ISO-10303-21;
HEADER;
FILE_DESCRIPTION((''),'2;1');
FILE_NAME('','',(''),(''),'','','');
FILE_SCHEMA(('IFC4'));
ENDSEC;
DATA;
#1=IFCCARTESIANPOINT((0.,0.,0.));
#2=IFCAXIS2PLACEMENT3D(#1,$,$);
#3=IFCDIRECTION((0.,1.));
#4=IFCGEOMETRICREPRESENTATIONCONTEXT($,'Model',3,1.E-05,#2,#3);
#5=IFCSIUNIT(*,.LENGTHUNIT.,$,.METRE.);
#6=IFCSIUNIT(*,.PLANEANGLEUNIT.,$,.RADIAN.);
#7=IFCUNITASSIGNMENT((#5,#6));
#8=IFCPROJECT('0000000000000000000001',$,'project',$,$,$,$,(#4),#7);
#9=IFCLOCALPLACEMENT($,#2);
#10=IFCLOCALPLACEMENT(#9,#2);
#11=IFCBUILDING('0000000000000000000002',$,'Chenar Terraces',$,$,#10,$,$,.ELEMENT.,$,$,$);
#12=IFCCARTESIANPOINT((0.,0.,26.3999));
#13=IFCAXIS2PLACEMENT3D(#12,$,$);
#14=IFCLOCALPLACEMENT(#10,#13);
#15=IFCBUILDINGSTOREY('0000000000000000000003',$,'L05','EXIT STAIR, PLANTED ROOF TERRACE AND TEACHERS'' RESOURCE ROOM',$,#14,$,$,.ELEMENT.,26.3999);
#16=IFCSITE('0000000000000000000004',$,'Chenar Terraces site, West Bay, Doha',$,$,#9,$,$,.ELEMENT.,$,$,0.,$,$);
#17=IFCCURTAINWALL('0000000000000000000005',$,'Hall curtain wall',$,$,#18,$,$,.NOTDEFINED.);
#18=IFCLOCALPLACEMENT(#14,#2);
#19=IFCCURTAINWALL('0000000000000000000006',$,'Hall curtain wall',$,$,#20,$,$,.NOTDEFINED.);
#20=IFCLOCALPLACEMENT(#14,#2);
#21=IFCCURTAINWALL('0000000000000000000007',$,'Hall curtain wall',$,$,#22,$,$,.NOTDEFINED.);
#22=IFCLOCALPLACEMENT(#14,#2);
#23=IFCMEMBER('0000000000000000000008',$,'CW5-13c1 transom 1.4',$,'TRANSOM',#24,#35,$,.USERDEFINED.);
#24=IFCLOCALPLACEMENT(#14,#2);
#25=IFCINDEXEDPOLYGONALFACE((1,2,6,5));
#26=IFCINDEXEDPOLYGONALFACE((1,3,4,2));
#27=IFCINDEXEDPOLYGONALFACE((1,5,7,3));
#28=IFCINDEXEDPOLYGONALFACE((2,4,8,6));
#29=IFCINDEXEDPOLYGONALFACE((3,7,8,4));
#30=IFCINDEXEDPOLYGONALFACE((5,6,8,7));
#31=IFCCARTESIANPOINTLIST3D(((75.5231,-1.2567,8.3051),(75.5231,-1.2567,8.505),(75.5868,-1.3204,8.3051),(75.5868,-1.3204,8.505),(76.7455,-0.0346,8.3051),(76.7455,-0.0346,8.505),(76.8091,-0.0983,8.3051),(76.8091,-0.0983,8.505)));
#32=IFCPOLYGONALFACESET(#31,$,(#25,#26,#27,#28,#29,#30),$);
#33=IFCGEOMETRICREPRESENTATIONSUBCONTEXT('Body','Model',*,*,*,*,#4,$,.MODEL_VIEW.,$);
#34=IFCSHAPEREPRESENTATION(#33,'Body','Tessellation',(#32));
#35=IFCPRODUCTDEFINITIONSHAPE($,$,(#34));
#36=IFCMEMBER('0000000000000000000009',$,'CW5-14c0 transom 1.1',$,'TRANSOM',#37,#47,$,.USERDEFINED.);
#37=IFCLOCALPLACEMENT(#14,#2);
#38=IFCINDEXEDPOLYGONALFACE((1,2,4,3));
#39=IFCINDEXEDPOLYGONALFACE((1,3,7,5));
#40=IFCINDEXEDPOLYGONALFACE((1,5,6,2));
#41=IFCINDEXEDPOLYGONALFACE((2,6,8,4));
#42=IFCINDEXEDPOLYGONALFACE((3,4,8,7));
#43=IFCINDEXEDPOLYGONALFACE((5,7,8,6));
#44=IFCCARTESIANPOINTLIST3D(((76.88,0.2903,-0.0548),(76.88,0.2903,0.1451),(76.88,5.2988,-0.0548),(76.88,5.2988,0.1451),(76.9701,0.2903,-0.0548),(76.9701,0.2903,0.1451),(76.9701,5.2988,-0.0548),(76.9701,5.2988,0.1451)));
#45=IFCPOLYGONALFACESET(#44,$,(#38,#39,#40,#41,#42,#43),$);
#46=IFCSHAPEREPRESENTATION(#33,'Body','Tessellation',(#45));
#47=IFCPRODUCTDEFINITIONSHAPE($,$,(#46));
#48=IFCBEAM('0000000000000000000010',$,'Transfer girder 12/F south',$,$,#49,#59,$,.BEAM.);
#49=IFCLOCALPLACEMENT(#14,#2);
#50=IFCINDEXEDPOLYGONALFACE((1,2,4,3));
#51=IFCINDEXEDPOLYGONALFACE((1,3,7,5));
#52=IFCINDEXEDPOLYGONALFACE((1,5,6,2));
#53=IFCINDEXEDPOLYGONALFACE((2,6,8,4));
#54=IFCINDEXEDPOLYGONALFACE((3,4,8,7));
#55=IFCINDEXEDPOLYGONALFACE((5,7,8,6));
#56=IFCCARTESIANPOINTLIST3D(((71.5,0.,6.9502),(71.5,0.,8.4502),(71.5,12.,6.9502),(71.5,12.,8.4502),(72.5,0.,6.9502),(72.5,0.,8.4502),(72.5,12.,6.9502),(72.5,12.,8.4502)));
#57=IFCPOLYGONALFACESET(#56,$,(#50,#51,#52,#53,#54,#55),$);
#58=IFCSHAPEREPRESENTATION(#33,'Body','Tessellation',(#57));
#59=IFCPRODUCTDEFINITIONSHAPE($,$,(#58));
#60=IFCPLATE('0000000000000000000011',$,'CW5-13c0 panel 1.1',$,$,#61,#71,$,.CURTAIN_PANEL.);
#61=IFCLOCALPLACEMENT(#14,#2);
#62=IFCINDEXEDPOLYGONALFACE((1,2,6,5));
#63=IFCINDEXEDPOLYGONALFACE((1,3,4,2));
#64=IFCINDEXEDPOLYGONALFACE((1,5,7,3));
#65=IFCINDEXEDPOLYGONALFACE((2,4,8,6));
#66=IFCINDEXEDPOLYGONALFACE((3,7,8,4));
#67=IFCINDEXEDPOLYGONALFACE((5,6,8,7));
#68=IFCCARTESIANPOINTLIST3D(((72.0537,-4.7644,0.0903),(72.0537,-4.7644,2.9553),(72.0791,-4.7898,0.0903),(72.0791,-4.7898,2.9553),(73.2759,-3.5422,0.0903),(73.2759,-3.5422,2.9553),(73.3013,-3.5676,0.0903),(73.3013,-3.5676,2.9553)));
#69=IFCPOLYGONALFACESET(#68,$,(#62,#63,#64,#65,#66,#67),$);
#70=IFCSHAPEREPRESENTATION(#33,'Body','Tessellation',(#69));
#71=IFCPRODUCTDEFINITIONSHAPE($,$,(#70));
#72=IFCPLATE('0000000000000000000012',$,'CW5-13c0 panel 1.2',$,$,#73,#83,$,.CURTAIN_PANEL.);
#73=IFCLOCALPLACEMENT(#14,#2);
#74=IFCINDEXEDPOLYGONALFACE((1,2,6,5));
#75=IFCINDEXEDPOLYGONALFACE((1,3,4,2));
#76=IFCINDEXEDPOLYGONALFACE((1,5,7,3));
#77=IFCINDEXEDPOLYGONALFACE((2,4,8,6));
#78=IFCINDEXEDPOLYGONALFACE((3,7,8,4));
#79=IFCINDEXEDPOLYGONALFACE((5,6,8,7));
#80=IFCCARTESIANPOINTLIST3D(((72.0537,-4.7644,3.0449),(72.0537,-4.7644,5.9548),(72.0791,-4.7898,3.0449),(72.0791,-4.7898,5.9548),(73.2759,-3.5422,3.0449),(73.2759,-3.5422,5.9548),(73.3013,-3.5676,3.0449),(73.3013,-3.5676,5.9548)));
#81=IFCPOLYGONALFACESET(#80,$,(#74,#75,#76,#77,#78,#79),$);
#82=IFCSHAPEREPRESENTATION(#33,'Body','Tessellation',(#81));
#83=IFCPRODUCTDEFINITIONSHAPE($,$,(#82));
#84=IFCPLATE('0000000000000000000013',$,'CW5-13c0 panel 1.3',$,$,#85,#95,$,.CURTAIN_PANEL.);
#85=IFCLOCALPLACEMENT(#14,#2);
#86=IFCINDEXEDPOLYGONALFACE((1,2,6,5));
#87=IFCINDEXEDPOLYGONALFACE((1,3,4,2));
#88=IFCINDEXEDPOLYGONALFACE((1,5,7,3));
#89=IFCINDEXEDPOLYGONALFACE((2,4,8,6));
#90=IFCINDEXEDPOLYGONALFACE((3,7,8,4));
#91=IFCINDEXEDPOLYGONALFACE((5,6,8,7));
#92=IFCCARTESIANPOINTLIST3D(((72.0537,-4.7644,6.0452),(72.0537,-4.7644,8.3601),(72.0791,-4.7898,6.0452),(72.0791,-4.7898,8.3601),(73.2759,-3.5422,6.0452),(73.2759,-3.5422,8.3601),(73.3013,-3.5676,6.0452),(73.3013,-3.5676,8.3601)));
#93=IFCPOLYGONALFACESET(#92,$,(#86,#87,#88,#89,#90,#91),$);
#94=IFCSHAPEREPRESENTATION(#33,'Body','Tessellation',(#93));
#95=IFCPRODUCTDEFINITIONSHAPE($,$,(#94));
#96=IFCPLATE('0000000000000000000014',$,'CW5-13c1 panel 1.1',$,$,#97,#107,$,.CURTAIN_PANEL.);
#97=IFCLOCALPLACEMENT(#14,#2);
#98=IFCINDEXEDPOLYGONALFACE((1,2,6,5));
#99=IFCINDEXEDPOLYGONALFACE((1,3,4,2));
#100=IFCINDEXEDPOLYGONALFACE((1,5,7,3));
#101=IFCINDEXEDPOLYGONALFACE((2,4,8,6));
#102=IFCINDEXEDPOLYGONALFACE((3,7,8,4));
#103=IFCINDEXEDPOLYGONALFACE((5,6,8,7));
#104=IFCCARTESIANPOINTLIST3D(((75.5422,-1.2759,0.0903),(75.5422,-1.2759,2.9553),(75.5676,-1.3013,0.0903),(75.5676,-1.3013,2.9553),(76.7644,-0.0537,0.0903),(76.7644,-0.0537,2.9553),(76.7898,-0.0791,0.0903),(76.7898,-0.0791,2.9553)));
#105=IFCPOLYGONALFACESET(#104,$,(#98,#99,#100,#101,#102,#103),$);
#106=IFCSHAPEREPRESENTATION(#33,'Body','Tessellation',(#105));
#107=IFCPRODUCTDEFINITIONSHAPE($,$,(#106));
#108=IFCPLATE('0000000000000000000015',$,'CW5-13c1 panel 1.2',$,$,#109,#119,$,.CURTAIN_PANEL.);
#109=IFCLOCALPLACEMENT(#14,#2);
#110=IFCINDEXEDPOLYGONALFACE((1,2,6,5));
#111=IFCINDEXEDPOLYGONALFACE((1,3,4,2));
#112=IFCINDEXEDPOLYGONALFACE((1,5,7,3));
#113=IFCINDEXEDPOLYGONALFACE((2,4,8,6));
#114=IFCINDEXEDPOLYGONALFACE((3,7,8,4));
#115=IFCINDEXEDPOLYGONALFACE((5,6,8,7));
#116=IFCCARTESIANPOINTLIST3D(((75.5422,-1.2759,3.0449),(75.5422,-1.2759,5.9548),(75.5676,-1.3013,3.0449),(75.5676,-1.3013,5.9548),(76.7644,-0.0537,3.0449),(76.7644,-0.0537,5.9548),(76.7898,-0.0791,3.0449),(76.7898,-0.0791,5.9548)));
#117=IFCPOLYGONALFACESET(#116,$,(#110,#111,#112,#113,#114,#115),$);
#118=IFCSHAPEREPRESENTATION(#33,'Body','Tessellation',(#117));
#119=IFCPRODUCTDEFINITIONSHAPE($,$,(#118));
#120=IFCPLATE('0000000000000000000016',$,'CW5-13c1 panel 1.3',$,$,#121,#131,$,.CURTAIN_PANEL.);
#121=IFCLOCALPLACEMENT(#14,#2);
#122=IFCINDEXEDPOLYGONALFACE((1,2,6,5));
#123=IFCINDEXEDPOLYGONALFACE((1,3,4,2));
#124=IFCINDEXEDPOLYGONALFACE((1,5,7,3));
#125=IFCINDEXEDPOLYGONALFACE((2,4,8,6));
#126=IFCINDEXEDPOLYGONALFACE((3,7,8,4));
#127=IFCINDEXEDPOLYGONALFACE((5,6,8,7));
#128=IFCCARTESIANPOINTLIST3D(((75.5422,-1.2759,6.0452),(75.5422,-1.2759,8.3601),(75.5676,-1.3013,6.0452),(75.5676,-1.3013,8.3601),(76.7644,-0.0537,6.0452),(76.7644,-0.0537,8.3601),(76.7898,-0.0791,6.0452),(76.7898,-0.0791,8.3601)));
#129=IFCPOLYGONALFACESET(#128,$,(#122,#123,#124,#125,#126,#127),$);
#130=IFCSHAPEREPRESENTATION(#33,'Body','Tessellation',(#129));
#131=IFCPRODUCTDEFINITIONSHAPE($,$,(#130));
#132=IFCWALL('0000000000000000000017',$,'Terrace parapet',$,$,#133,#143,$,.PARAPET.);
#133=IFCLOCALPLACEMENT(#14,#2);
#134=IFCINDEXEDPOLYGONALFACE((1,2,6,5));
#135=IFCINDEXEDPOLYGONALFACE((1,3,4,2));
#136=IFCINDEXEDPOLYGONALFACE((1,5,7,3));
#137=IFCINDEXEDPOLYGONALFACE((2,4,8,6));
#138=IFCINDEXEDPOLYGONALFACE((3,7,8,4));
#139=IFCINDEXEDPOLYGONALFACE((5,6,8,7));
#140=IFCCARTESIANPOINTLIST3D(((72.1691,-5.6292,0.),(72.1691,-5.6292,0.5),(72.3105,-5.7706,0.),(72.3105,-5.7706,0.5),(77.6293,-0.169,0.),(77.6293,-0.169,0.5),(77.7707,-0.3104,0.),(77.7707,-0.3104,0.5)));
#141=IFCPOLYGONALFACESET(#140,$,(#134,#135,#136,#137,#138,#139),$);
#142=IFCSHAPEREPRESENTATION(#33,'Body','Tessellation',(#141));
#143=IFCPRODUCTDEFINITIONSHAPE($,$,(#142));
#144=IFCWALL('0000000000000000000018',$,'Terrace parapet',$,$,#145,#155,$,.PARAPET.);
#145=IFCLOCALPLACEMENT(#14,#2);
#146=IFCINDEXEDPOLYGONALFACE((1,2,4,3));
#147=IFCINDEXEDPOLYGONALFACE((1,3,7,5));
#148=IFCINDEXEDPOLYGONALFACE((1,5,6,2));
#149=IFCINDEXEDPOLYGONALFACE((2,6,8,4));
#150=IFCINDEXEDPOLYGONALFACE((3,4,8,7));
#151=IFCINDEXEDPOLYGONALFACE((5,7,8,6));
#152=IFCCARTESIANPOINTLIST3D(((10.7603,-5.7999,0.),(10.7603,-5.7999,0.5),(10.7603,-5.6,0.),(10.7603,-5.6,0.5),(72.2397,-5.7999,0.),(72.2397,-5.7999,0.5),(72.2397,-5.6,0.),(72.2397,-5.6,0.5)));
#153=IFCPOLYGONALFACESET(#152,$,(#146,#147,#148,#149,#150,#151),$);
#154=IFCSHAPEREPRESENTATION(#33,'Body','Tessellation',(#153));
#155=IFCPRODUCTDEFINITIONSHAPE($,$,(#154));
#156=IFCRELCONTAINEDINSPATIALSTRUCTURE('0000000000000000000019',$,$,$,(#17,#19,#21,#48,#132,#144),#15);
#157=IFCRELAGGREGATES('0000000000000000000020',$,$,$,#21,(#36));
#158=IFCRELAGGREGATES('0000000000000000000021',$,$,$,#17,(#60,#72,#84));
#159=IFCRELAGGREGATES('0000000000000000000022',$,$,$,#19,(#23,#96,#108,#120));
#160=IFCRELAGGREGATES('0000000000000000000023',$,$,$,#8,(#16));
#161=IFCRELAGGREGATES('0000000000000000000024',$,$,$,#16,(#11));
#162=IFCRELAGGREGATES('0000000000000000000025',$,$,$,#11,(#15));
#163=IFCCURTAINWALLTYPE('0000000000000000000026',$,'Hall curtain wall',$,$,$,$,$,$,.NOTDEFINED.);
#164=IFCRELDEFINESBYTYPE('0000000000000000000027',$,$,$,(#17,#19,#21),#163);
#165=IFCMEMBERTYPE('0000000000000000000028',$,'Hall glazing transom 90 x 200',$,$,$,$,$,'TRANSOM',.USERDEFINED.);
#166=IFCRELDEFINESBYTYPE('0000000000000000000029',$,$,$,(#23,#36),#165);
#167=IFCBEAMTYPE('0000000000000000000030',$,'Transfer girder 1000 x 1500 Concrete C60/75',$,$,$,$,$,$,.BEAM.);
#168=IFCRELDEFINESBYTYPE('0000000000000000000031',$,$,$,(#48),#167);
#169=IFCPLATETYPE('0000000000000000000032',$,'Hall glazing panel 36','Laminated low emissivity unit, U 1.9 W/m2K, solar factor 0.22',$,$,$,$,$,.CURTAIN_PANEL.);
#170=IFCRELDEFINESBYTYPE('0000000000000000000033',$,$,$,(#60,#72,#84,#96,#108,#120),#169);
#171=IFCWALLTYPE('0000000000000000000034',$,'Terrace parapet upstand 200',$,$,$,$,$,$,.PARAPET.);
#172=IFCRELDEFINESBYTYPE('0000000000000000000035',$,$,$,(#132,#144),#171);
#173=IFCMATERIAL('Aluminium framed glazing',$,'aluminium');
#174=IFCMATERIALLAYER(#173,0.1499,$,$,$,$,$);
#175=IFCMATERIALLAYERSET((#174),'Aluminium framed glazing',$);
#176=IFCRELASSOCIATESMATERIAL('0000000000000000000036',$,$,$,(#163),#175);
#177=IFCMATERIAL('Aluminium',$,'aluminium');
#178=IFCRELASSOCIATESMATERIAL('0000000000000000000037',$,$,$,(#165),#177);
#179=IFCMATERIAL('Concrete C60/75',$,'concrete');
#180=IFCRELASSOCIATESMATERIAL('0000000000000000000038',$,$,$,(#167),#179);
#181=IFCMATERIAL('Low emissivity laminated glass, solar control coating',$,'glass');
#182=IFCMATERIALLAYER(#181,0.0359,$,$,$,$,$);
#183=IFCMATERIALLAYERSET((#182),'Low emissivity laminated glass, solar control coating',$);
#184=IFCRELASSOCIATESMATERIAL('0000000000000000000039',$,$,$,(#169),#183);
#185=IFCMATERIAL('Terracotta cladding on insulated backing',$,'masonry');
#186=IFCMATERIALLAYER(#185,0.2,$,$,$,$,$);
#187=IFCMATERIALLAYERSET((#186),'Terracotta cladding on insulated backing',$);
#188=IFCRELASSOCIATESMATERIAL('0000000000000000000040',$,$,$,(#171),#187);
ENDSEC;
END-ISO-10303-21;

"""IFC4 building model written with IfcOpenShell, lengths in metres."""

from ifc_helpers import new_model, si_unit, direction, frame, frame_2d, origin, origin_2d, place, context, subcontext, project, spatial, rectangle, extrude, material, layer, layer_set, material_profile, profile_set, type_object, element, aggregate, save


model = new_model("IFC4")

# Units and contexts
model_context = context("Model", 3, precision=1e-05, world=origin(), true_north=direction((0.0, 1.0)))
body_context = subcontext(model_context, "Body", "Model", "MODEL_VIEW")
ifc_project = project(units=[si_unit("LENGTHUNIT", "METRE"), si_unit("PLANEANGLEUNIT", "RADIAN")], contexts=[model_context])

# Site, building, storey
site_placement = place(None, origin())
site = spatial("IfcSite", under=ifc_project, at=site_placement, Name="Chenar Terraces site, West Bay, Doha", CompositionType="ELEMENT", RefElevation=0.0)
building_placement = place(site_placement, origin())
building = spatial("IfcBuilding", under=site, at=building_placement, Name="Chenar Terraces", CompositionType="ELEMENT")
storey_placement = place(building_placement, frame((0.0, 0.0, 26.3999)))
storey = spatial("IfcBuildingStorey", under=building, at=storey_placement, Name="L05", Description="EXIT STAIR, PLANTED ROOF TERRACE AND TEACHERS' RESOURCE ROOM", CompositionType="ELEMENT", Elevation=26.3999)

# Shared definitions
ifc_material_1 = material(Name="Aluminium framed glazing", Category="aluminium")
ifc_layer_1 = layer(ifc_material_1, 0.1499)
ifc_layer_set_1 = layer_set([ifc_layer_1], Name="Aluminium framed glazing")
curtain_wall_type = type_object("IfcCurtainWallType", Name="Hall curtain wall", PredefinedType="NOTDEFINED", material=ifc_layer_set_1)
placement = place(storey_placement, origin())

# Curtain walls
curtain_wall_1 = element("IfcCurtainWall", 1, at=placement, inside=storey, type_object=curtain_wall_type, Name="Hall curtain wall", PredefinedType="NOTDEFINED")
curtain_wall_2 = element("IfcCurtainWall", 2, at=placement, inside=storey, type_object=curtain_wall_type, Name="Hall curtain wall", PredefinedType="NOTDEFINED")

# Curtain wall
curtain_wall_3 = element("IfcCurtainWall", 3, at=placement, inside=storey, type_object=curtain_wall_type, Name="Hall curtain wall", PredefinedType="NOTDEFINED")

# Members
ifc_material_2 = material(Name="Aluminium", Category="aluminium")
ifc_material_profile_1 = material_profile(ifc_material_2, rectangle(XDim=0.0901, YDim=0.2, at=origin_2d()), Name="Hall glazing transom 90 x 200")
ifc_profile_set_1 = profile_set([ifc_material_profile_1], Name="Aluminium")
member_type_1 = type_object("IfcMemberType", Name="Hall glazing transom 90 x 200", ElementType="TRANSOM", PredefinedType="USERDEFINED", material=ifc_profile_set_1)
member_1_placement = place(storey_placement, frame((75.5549, -1.2886, 8.405), z_axis=(0.707177, 0.707036, 0.0), x_axis=(-0.707036, 0.707177, 0.0)))
member_1 = element("IfcMember", 4, at=member_1_placement, type_object=member_type_1, Name="CW5-13c1 transom 1.4", ObjectType="TRANSOM", PredefinedType="USERDEFINED", context=body_context, shape_type="SweptSolid", body=[
    extrude(rectangle(XDim=0.0901, YDim=0.2, at=origin_2d()), origin(), (0.0, 0.0, 1.0), 1.7285),
])
member_2_placement = place(storey_placement, frame((76.925, 0.2903, 0.0452), z_axis=(0.0, 1.0, 0.0), x_axis=(-1.0, 0.0, 0.0)))
member_2 = element("IfcMember", 5, at=member_2_placement, type_object=member_type_1, Name="CW5-14c0 transom 1.1", ObjectType="TRANSOM", PredefinedType="USERDEFINED", context=body_context, shape_type="SweptSolid", body=[
    extrude(rectangle(XDim=0.0901, YDim=0.2, at=origin_2d()), origin(), (0.0, 0.0, 1.0), 5.0085),
])
aggregate(curtain_wall_3, [member_2])

# Beam
ifc_material_3 = material(Name="Concrete C60/75", Category="concrete")
ifc_material_profile_2 = material_profile(ifc_material_3, rectangle(XDim=1.0, YDim=1.5, at=origin_2d()), Name="RC 1000 x 1500")
ifc_profile_set_2 = profile_set([ifc_material_profile_2], Name="Concrete C60/75")
beam_type = type_object("IfcBeamType", Name="Transfer girder 1000 x 1500 Concrete C60/75", PredefinedType="BEAM", material=ifc_profile_set_2)
beam_placement = place(storey_placement, frame((72.0, 0.0, 8.4502), z_axis=(0.0, 1.0, 0.0), x_axis=(-1.0, 0.0, 0.0)))
element("IfcBeam", 6, at=beam_placement, inside=storey, type_object=beam_type, Name="Transfer girder 12/F south", PredefinedType="BEAM", context=body_context, shape_type="SweptSolid", body=[
    extrude(rectangle(XDim=1.0, YDim=1.5, at=frame_2d((0.0, -0.75))), origin(), (0.0, 0.0, 1.0), 12.0),
])

# Plates
ifc_material_4 = material(Name="Low emissivity laminated glass, solar control coating", Category="glass")
ifc_layer_2 = layer(ifc_material_4, 0.0359)
ifc_layer_set_2 = layer_set([ifc_layer_2], Name="Low emissivity laminated glass, solar control coating")
plate_type = type_object("IfcPlateType", Name="Hall glazing panel 36", Description="Laminated low emissivity unit, U 1.9 W/m2K, solar factor 0.22", PredefinedType="CURTAIN_PANEL", material=ifc_layer_set_2)
plate_1_placement = place(storey_placement, frame((72.6775, -4.166, 0.0903), z_axis=(0.0, 0.0, 1.0), x_axis=(0.707107, 0.707107, 0.0)))
plate_1 = element("IfcPlate", 7, at=plate_1_placement, type_object=plate_type, Name="CW5-13c0 panel 1.1", PredefinedType="CURTAIN_PANEL", context=body_context, shape_type="SweptSolid", body=[
    extrude(rectangle(XDim=1.7285, YDim=0.0359, at=origin_2d()), origin(), (0.0, 0.0, 1.0), 2.865),
])
plate_2_placement = place(storey_placement, frame((72.6775, -4.166, 3.0449), z_axis=(0.0, 0.0, 1.0), x_axis=(0.707107, 0.707107, 0.0)))
plate_2 = element("IfcPlate", 8, at=plate_2_placement, type_object=plate_type, Name="CW5-13c0 panel 1.2", PredefinedType="CURTAIN_PANEL", context=body_context, shape_type="SweptSolid", body=[
    extrude(rectangle(XDim=1.7285, YDim=0.0359, at=origin_2d()), origin(), (0.0, 0.0, 1.0), 2.9099),
])
plate_3_placement = place(storey_placement, frame((72.6775, -4.166, 6.0452), z_axis=(0.0, 0.0, 1.0), x_axis=(0.707107, 0.707107, 0.0)))
plate_3 = element("IfcPlate", 9, at=plate_3_placement, type_object=plate_type, Name="CW5-13c0 panel 1.3", PredefinedType="CURTAIN_PANEL", context=body_context, shape_type="SweptSolid", body=[
    extrude(rectangle(XDim=1.7285, YDim=0.0359, at=origin_2d()), origin(), (0.0, 0.0, 1.0), 2.3149),
])
aggregate(curtain_wall_1, [plate_1, plate_2, plate_3])
plate_4_placement = place(storey_placement, frame((76.166, -0.6775, 0.0903), z_axis=(0.0, 0.0, 1.0), x_axis=(0.707107, 0.707107, 0.0)))
plate_4 = element("IfcPlate", 10, at=plate_4_placement, type_object=plate_type, Name="CW5-13c1 panel 1.1", PredefinedType="CURTAIN_PANEL", context=body_context, shape_type="SweptSolid", body=[
    extrude(rectangle(XDim=1.7285, YDim=0.0359, at=origin_2d()), origin(), (0.0, 0.0, 1.0), 2.865),
])
plate_5_placement = place(storey_placement, frame((76.166, -0.6775, 3.0449), z_axis=(0.0, 0.0, 1.0), x_axis=(0.707107, 0.707107, 0.0)))
plate_5 = element("IfcPlate", 11, at=plate_5_placement, type_object=plate_type, Name="CW5-13c1 panel 1.2", PredefinedType="CURTAIN_PANEL", context=body_context, shape_type="SweptSolid", body=[
    extrude(rectangle(XDim=1.7285, YDim=0.0359, at=origin_2d()), origin(), (0.0, 0.0, 1.0), 2.9099),
])
plate_6_placement = place(storey_placement, frame((76.166, -0.6775, 6.0452), z_axis=(0.0, 0.0, 1.0), x_axis=(0.707107, 0.707107, 0.0)))
plate_6 = element("IfcPlate", 12, at=plate_6_placement, type_object=plate_type, Name="CW5-13c1 panel 1.3", PredefinedType="CURTAIN_PANEL", context=body_context, shape_type="SweptSolid", body=[
    extrude(rectangle(XDim=1.7285, YDim=0.0359, at=origin_2d()), origin(), (0.0, 0.0, 1.0), 2.3149),
])
aggregate(curtain_wall_2, [member_1, plate_4, plate_5, plate_6])

# Walls
ifc_material_5 = material(Name="Terracotta cladding on insulated backing", Category="masonry")
ifc_layer_3 = layer(ifc_material_5, 0.2)
ifc_layer_set_3 = layer_set([ifc_layer_3], Name="Terracotta cladding on insulated backing")
wall_type_1 = type_object("IfcWallType", Name="Terrace parapet upstand 200", PredefinedType="PARAPET", material=ifc_layer_set_3)
wall_1_placement = place(storey_placement, frame((77.7, -0.2397, 0.0), z_axis=(0.0, 0.0, 1.0), x_axis=(-0.707107, -0.707107, 0.0)))
element("IfcWall", 13, at=wall_1_placement, inside=storey, type_object=wall_type_1, Name="Terrace parapet", PredefinedType="PARAPET", context=body_context, shape_type="SweptSolid", body=[
    extrude(rectangle(XDim=7.7219, YDim=0.2, at=frame_2d((3.8608, 0.0))), origin(), (0.0, 0.0, 1.0), 0.5),
])
wall_2_placement = place(storey_placement, frame((72.2397, -5.7, 0.0), z_axis=(0.0, 0.0, 1.0), x_axis=(-1.0, 0.0, 0.0)))
element("IfcWall", 14, at=wall_2_placement, inside=storey, type_object=wall_type_1, Name="Terrace parapet", PredefinedType="PARAPET", context=body_context, shape_type="SweptSolid", body=[
    extrude(rectangle(XDim=61.4795, YDim=0.2, at=frame_2d((30.7397, 0.0))), origin(), (0.0, 0.0, 1.0), 0.5),
])

save(model, "model.ifc")
